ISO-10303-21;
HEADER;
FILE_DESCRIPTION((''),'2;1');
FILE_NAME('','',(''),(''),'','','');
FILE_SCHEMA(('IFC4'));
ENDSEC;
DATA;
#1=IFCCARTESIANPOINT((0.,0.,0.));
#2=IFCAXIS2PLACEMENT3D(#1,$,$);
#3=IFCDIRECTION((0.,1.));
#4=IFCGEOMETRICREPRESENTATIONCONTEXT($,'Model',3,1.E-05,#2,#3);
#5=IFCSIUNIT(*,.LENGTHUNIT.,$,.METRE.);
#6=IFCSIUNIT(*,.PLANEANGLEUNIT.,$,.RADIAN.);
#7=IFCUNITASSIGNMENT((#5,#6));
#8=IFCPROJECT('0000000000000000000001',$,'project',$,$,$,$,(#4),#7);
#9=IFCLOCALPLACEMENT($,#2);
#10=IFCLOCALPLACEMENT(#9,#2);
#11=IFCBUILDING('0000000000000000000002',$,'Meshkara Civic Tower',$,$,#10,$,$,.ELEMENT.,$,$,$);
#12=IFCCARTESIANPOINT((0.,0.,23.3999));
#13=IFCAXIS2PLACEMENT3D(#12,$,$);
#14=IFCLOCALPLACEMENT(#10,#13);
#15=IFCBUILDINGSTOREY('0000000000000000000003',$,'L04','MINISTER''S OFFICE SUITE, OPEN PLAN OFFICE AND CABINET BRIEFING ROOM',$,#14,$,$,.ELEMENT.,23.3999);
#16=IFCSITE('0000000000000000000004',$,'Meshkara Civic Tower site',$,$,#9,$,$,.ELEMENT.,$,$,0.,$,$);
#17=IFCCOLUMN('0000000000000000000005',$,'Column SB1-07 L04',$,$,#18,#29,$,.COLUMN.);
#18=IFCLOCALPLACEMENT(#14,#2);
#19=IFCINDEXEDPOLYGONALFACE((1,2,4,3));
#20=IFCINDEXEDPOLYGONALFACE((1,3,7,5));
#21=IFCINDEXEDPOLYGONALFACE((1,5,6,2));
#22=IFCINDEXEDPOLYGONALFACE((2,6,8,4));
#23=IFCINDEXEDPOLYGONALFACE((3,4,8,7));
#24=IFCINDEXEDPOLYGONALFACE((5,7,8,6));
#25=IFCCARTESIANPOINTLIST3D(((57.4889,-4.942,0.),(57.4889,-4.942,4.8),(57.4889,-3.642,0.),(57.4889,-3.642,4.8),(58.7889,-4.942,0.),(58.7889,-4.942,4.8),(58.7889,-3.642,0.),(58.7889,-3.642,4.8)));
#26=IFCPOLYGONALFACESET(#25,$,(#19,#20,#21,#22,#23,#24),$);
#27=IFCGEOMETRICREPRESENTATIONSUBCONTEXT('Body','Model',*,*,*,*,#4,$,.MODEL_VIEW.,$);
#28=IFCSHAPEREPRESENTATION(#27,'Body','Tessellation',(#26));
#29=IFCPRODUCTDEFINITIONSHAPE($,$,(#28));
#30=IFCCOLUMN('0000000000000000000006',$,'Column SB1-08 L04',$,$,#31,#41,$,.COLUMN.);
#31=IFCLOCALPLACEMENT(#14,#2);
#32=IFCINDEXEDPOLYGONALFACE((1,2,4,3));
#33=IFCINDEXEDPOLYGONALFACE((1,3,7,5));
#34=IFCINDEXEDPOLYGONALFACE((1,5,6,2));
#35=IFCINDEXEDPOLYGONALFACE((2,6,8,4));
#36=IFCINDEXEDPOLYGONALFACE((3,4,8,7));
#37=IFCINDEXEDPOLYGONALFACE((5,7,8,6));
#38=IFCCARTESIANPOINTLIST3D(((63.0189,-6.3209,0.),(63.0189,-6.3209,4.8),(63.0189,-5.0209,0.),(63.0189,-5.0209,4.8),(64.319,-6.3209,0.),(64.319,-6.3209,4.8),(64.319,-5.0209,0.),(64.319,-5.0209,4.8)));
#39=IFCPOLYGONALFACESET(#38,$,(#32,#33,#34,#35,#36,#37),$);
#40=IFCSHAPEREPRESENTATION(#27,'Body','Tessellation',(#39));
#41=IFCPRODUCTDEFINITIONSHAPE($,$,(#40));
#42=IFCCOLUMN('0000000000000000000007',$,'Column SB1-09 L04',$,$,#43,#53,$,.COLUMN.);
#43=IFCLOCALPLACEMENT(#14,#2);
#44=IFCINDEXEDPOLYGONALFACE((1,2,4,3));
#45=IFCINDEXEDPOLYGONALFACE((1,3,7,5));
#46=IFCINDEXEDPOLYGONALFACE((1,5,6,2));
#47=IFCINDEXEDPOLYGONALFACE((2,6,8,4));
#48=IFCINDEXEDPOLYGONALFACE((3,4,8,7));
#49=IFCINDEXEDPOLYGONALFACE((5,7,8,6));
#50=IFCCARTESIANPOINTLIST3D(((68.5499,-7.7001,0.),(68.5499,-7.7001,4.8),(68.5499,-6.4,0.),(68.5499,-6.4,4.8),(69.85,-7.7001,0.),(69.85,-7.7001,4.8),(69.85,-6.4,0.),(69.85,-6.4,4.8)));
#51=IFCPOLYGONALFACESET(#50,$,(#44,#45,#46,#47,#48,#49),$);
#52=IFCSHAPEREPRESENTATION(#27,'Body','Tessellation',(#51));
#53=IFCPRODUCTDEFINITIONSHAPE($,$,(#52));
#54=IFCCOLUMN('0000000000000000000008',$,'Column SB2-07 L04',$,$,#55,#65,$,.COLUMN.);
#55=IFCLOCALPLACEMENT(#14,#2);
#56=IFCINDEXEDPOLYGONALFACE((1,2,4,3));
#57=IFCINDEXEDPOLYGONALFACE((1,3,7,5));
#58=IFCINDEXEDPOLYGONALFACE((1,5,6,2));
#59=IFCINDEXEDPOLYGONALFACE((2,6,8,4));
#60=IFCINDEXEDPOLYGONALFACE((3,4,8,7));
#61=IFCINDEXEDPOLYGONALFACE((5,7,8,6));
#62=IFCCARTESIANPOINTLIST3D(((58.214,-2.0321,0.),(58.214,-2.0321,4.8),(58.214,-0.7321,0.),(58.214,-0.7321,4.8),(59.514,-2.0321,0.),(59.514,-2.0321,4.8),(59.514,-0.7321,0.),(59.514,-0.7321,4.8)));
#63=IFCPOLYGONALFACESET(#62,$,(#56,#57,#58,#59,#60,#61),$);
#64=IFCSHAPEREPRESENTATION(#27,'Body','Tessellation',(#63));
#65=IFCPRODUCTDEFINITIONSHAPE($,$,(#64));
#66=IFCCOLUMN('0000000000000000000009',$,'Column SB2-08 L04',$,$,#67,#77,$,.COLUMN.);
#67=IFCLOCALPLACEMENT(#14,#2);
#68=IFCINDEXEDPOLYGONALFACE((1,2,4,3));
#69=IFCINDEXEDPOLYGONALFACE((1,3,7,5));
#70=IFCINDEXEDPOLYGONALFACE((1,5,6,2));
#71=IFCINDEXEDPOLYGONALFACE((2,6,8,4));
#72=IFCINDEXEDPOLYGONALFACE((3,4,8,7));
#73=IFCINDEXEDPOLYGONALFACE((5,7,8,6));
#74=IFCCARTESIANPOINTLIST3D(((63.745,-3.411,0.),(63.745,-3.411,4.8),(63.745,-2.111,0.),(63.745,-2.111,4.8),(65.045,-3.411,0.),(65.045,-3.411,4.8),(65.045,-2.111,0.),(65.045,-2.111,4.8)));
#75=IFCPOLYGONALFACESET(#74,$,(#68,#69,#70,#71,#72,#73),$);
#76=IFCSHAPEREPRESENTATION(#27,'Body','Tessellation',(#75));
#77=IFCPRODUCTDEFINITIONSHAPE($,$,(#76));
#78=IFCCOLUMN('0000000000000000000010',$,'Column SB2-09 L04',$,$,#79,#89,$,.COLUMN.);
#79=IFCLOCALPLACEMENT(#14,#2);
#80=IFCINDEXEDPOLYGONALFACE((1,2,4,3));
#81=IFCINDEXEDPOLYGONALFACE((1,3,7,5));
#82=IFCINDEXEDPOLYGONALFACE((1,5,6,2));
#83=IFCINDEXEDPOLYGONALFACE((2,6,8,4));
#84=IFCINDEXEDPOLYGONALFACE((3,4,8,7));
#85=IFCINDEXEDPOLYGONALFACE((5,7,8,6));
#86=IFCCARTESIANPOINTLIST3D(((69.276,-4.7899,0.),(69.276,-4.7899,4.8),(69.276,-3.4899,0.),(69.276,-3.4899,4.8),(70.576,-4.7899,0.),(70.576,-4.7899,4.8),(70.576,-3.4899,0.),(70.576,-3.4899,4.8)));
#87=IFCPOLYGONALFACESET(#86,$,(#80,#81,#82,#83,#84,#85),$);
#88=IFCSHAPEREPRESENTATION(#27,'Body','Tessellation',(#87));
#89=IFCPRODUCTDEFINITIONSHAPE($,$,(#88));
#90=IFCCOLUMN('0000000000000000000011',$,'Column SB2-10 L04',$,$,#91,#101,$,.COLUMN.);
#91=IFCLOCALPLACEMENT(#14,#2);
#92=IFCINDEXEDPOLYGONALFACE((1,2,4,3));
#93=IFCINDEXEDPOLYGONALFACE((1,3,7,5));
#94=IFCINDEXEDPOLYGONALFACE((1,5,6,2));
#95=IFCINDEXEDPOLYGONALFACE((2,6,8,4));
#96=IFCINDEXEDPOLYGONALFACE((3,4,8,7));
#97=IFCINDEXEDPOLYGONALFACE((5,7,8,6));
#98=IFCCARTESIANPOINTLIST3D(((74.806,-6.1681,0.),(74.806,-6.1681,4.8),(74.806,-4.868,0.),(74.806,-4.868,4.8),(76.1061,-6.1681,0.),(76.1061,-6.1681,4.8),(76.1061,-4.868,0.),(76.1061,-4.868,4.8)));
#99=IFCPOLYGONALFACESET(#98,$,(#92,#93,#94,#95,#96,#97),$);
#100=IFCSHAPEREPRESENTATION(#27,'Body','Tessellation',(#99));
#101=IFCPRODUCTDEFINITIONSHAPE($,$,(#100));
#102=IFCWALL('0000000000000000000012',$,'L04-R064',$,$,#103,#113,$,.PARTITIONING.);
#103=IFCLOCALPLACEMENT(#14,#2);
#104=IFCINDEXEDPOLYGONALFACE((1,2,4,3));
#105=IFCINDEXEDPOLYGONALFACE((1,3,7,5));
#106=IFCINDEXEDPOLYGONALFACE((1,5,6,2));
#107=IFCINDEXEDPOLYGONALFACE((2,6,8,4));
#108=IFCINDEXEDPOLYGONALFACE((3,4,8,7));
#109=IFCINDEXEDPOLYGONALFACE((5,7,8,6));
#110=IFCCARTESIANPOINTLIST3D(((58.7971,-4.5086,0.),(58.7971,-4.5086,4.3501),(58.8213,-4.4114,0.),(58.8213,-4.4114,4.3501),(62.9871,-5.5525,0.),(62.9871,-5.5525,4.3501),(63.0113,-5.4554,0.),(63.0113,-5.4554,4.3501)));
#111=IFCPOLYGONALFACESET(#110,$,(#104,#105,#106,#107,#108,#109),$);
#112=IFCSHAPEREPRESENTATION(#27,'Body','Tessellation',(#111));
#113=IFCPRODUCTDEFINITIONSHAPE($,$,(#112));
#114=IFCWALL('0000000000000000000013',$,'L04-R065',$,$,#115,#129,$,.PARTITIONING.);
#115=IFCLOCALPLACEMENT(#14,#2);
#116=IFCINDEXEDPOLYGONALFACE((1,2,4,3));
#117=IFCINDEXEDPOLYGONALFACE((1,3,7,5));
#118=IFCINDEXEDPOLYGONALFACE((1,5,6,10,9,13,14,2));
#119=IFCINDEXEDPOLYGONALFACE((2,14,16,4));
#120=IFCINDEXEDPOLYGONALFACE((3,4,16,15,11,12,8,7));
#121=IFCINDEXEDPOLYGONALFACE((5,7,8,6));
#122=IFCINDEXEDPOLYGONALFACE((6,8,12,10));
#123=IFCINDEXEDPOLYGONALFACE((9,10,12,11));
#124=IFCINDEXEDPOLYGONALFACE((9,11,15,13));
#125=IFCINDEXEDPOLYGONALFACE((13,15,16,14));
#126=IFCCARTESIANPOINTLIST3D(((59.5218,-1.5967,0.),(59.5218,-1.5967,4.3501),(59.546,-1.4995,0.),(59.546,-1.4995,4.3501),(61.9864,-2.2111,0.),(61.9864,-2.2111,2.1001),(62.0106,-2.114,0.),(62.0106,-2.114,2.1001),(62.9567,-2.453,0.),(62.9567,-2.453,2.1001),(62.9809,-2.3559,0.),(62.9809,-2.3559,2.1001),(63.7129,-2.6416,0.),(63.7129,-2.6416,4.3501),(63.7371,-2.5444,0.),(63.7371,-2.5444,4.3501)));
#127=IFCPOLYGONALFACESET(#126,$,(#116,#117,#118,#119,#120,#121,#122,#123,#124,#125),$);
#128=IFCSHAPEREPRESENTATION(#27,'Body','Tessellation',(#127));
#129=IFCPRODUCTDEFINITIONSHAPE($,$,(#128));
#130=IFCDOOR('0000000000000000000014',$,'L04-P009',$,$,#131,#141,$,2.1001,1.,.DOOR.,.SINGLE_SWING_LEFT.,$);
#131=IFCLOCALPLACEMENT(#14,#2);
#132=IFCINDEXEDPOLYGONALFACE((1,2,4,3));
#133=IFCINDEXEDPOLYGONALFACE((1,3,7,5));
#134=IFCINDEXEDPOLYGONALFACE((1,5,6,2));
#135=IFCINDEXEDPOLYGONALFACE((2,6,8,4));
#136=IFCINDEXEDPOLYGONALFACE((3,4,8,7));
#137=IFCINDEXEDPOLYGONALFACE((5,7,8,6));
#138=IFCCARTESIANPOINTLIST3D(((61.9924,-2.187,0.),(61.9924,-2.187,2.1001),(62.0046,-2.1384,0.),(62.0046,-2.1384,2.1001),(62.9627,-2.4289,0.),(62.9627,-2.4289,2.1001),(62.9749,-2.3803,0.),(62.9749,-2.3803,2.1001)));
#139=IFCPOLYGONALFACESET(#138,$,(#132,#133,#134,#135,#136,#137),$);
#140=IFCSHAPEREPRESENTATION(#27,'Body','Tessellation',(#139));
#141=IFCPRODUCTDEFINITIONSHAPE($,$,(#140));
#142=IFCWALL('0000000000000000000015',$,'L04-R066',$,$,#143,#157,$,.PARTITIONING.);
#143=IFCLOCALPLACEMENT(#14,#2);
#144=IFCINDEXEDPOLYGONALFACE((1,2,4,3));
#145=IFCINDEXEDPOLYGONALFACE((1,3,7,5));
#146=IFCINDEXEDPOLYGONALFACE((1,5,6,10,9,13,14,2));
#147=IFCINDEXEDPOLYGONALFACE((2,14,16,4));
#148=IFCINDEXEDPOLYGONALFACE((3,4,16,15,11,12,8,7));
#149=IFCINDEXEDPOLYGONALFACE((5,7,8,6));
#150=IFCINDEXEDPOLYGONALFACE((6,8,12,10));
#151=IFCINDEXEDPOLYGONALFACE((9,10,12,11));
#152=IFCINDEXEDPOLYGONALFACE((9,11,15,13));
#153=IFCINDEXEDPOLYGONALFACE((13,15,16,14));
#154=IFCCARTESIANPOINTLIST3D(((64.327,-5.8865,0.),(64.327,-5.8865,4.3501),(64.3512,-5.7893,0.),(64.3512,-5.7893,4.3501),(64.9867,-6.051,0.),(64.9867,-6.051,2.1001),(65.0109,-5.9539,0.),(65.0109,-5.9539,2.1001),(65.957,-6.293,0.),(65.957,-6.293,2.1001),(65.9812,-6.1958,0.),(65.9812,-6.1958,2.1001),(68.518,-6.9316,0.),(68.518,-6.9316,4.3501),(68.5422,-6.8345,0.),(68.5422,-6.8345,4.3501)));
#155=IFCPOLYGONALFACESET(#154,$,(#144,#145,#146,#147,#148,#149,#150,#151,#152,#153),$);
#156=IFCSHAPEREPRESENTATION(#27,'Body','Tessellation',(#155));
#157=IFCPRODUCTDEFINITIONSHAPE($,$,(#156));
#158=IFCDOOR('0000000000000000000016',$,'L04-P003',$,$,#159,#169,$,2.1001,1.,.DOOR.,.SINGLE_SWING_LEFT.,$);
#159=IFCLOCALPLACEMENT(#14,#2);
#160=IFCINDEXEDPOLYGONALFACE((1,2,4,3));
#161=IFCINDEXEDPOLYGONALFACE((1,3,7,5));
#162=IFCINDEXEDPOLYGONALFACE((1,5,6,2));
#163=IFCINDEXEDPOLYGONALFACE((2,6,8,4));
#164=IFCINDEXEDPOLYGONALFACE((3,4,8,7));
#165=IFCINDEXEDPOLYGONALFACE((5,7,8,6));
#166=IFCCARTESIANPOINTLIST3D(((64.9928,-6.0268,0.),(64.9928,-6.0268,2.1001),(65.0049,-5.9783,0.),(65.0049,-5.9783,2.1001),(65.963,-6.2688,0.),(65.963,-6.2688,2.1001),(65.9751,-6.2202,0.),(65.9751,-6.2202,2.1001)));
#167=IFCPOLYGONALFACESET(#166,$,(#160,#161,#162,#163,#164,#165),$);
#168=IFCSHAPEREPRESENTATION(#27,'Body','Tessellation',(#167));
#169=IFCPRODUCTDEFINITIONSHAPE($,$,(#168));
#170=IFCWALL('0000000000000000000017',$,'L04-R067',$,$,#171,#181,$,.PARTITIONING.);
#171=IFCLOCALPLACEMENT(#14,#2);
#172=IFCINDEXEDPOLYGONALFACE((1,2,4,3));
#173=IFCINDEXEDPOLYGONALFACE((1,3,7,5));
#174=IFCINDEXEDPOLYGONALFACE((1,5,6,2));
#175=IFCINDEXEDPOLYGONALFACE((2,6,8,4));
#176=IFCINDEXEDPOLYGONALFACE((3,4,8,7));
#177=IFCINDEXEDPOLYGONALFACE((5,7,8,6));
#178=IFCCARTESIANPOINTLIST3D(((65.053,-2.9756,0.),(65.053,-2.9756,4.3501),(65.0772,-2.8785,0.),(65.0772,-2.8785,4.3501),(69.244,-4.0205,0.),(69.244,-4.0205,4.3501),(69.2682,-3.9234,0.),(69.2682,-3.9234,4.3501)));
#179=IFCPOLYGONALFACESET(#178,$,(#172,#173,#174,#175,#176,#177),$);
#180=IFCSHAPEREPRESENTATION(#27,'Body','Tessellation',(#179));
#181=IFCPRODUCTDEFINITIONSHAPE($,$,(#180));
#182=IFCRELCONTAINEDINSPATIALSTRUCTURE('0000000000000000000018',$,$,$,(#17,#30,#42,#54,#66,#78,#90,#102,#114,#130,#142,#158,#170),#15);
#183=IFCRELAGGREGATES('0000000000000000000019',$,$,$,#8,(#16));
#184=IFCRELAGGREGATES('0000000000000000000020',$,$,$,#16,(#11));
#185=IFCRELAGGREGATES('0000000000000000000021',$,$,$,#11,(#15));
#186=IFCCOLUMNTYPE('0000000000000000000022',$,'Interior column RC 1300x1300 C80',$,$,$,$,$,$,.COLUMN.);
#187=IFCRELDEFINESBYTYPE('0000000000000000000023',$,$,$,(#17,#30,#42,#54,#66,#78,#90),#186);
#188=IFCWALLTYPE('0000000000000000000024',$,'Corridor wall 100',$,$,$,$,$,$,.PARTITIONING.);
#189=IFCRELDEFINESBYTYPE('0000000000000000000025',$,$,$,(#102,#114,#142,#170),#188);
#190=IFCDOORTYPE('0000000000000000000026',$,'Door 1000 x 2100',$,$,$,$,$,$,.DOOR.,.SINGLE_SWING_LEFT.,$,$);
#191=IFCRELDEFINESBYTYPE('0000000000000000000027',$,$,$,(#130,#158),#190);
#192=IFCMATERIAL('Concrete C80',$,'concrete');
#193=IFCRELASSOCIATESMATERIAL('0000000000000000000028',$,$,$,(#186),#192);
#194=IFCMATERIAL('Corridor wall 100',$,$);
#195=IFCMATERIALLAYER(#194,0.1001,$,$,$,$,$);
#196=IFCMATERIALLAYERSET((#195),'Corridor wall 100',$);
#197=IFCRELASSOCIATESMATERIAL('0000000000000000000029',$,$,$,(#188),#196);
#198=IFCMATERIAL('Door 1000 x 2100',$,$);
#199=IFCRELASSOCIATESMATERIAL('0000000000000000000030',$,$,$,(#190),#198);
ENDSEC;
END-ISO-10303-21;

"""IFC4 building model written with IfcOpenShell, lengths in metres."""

from ifc_helpers import new_model, si_unit, direction, frame, frame_2d, origin, origin_2d, place, context, subcontext, project, spatial, rectangle, extrude, material, layer, layer_set, material_profile, profile_set, type_object, element, fill, save


model = new_model("IFC4")

# Units and contexts
model_context = context("Model", 3, precision=1e-05, world=origin(), true_north=direction((0.0, 1.0)))
body_context = subcontext(model_context, "Body", "Model", "MODEL_VIEW")
ifc_project = project(units=[si_unit("LENGTHUNIT", "METRE"), si_unit("PLANEANGLEUNIT", "RADIAN")], contexts=[model_context])

# Site, building, storey
site_placement = place(None, origin())
site = spatial("IfcSite", under=ifc_project, at=site_placement, Name="Meshkara Civic Tower site", CompositionType="ELEMENT", RefElevation=0.0)
building_placement = place(site_placement, origin())
building = spatial("IfcBuilding", under=site, at=building_placement, Name="Meshkara Civic Tower", CompositionType="ELEMENT")
storey_placement = place(building_placement, frame((0.0, 0.0, 23.3999)))
storey = spatial("IfcBuildingStorey", under=building, at=storey_placement, Name="L04", Description="MINISTER'S OFFICE SUITE, OPEN PLAN OFFICE AND CABINET BRIEFING ROOM", CompositionType="ELEMENT", Elevation=23.3999)

# Columns
ifc_material_1 = material(Name="Concrete C80", Category="concrete")
ifc_material_profile = material_profile(ifc_material_1, rectangle(XDim=1.3, YDim=1.3, at=origin_2d()))
ifc_profile_set = profile_set([ifc_material_profile], Name="Concrete C80")
column_type = type_object("IfcColumnType", Name="Interior column RC 1300x1300 C80", PredefinedType="COLUMN", material=ifc_profile_set)
for number, where, z_axis, x_axis, name in (
    (1, (58.1389, -4.292, 0.0), (0.0, 0.0, 1.0), (1.0, 0.0, 0.0), "Column SB1-07 L04"),
    (2, (63.6689, -5.6709, 0.0), (0.0, 0.0, 1.0), (1.0, 0.0, 0.0), "Column SB1-08 L04"),
    (3, (69.2, -7.05, 0.0), (0.0, 0.0, 1.0), (1.0, 0.0, 0.0), "Column SB1-09 L04"),
    (4, (58.864, -1.3821, 0.0), (0.0, 0.0, 1.0), (1.0, 0.0, 0.0), "Column SB2-07 L04"),
    (5, (64.395, -2.761, 0.0), (0.0, 0.0, 1.0), (1.0, 0.0, 0.0), "Column SB2-08 L04"),
    (6, (69.926, -4.1399, 0.0), (0.0, 0.0, 1.0), (1.0, 0.0, 0.0), "Column SB2-09 L04"),
    (7, (75.4561, -5.5181, 0.0), (0.0, 0.0, 1.0), (1.0, 0.0, 0.0), "Column SB2-10 L04"),
):
    element("IfcColumn", number, at=place(storey_placement, frame(where, z_axis=z_axis, x_axis=x_axis)), inside=storey, type_object=column_type, Name=name, PredefinedType="COLUMN", context=body_context, shape_type="SweptSolid", body=[
        extrude(rectangle(XDim=1.3, YDim=1.3, at=origin_2d()), origin(), (0.0, 0.0, 1.0), 4.8),
    ])

# Wall
ifc_material_2 = material(Name="Corridor wall 100")
ifc_layer_1 = layer(ifc_material_2, 0.1001)
ifc_layer_set_1 = layer_set([ifc_layer_1], Name="Corridor wall 100")
wall_type_1 = type_object("IfcWallType", Name="Corridor wall 100", PredefinedType="PARTITIONING", material=ifc_layer_set_1)
wall_1_placement = place(storey_placement, frame((58.8091, -4.46, 0.0), z_axis=(0.0, 0.0, 1.0), x_axis=(0.970335, -0.241764, 0.0)))
element("IfcWall", 8, at=wall_1_placement, inside=storey, type_object=wall_type_1, Name="L04-R064", PredefinedType="PARTITIONING", context=body_context, shape_type="SweptSolid", body=[
    extrude(rectangle(XDim=4.3181, YDim=0.1001, at=frame_2d((2.1592, 0.0))), origin(), (0.0, 0.0, 1.0), 4.3501),
])

# Walls, openings, doors
wall_2_placement = place(storey_placement, frame((59.5339, -1.5481, 0.0), z_axis=(0.0, 0.0, 1.0), x_axis=(0.970299, -0.241911, 0.0)))
wall_2 = element("IfcWall", 9, at=wall_2_placement, inside=storey, type_object=wall_type_1, Name="L04-R065", PredefinedType="PARTITIONING", context=body_context, shape_type="SweptSolid", body=[
    extrude(rectangle(XDim=4.3193, YDim=0.1001, at=frame_2d((2.1597, 0.0))), origin(), (0.0, 0.0, 1.0), 4.3501),
])
opening_1_placement = place(wall_2_placement, frame((2.54, 0.0, 0.0)))
opening_1 = element("IfcOpeningElement", 10, at=opening_1_placement, cuts=wall_2, PredefinedType="OPENING", context=body_context, shape_type="SweptSolid", body=[
    extrude(rectangle(XDim=1.0, YDim=2.1001, at=frame_2d((0.5, 1.05))), frame((0.0, 0.0601, 0.0), z_axis=(0.0, -1.0, 0.0), x_axis=(1.0, 0.0, 0.0)), (0.0, 0.0, 1.0), 0.1201),
])
ifc_material_3 = material(Name="Door 1000 x 2100")
door_type_1 = type_object("IfcDoorType", Name="Door 1000 x 2100", OperationType="SINGLE_SWING_LEFT", PredefinedType="DOOR", material=ifc_material_3)
door_1_placement = place(opening_1_placement, origin())
door_1 = element("IfcDoor", 11, at=door_1_placement, inside=storey, type_object=door_type_1, Name="L04-P009", OperationType="SINGLE_SWING_LEFT", OverallHeight=2.1001, OverallWidth=1.0, PredefinedType="DOOR", context=body_context, shape_type="SweptSolid", body=[
    extrude(rectangle(XDim=1.0, YDim=2.1001, at=frame_2d((0.5, 1.05))), frame((0.0, 0.0249, 0.0), z_axis=(0.0, -1.0, 0.0), x_axis=(1.0, 0.0, 0.0)), (0.0, 0.0, 1.0), 0.05),
])
fill(opening_1, door_1)
wall_3_placement = place(storey_placement, frame((64.3391, -5.8379, 0.0), z_axis=(0.0, 0.0, 1.0), x_axis=(0.970282, -0.241977, 0.0)))
wall_3 = element("IfcWall", 12, at=wall_3_placement, inside=storey, type_object=wall_type_1, Name="L04-R066", PredefinedType="PARTITIONING", context=body_context, shape_type="SweptSolid", body=[
    extrude(rectangle(XDim=4.3193, YDim=0.1001, at=frame_2d((2.1597, 0.0))), origin(), (0.0, 0.0, 1.0), 4.3501),
])
opening_2_placement = place(wall_3_placement, frame((0.6799, 0.0, 0.0)))
opening_2 = element("IfcOpeningElement", 13, at=opening_2_placement, cuts=wall_3, PredefinedType="OPENING", context=body_context, shape_type="SweptSolid", body=[
    extrude(rectangle(XDim=1.0, YDim=2.1001, at=frame_2d((0.5, 1.05))), frame((0.0, 0.0601, 0.0), z_axis=(0.0, -1.0, 0.0), x_axis=(1.0, 0.0, 0.0)), (0.0, 0.0, 1.0), 0.1201),
])
door_2_placement = place(opening_2_placement, origin())
door_2 = element("IfcDoor", 14, at=door_2_placement, inside=storey, type_object=door_type_1, Name="L04-P003", OperationType="SINGLE_SWING_LEFT", OverallHeight=2.1001, OverallWidth=1.0, PredefinedType="DOOR", context=body_context, shape_type="SweptSolid", body=[
    extrude(rectangle(XDim=1.0, YDim=2.1001, at=frame_2d((0.5, 1.05))), frame((0.0, 0.0249, 0.0), z_axis=(0.0, -1.0, 0.0), x_axis=(1.0, 0.0, 0.0)), (0.0, 0.0, 1.0), 0.05),
])
fill(opening_2, door_2)

# Wall
wall_4_placement = place(storey_placement, frame((69.2561, -3.9719, 0.0), z_axis=(0.0, 0.0, 1.0), x_axis=(-0.970299, 0.241911, 0.0)))
element("IfcWall", 15, at=wall_4_placement, inside=storey, type_object=wall_type_1, Name="L04-R067", PredefinedType="PARTITIONING", context=body_context, shape_type="SweptSolid", body=[
    extrude(rectangle(XDim=4.3193, YDim=0.1001, at=frame_2d((2.1597, 0.0))), origin(), (0.0, 0.0, 1.0), 4.3501),
])

save(model, "model.ifc")
